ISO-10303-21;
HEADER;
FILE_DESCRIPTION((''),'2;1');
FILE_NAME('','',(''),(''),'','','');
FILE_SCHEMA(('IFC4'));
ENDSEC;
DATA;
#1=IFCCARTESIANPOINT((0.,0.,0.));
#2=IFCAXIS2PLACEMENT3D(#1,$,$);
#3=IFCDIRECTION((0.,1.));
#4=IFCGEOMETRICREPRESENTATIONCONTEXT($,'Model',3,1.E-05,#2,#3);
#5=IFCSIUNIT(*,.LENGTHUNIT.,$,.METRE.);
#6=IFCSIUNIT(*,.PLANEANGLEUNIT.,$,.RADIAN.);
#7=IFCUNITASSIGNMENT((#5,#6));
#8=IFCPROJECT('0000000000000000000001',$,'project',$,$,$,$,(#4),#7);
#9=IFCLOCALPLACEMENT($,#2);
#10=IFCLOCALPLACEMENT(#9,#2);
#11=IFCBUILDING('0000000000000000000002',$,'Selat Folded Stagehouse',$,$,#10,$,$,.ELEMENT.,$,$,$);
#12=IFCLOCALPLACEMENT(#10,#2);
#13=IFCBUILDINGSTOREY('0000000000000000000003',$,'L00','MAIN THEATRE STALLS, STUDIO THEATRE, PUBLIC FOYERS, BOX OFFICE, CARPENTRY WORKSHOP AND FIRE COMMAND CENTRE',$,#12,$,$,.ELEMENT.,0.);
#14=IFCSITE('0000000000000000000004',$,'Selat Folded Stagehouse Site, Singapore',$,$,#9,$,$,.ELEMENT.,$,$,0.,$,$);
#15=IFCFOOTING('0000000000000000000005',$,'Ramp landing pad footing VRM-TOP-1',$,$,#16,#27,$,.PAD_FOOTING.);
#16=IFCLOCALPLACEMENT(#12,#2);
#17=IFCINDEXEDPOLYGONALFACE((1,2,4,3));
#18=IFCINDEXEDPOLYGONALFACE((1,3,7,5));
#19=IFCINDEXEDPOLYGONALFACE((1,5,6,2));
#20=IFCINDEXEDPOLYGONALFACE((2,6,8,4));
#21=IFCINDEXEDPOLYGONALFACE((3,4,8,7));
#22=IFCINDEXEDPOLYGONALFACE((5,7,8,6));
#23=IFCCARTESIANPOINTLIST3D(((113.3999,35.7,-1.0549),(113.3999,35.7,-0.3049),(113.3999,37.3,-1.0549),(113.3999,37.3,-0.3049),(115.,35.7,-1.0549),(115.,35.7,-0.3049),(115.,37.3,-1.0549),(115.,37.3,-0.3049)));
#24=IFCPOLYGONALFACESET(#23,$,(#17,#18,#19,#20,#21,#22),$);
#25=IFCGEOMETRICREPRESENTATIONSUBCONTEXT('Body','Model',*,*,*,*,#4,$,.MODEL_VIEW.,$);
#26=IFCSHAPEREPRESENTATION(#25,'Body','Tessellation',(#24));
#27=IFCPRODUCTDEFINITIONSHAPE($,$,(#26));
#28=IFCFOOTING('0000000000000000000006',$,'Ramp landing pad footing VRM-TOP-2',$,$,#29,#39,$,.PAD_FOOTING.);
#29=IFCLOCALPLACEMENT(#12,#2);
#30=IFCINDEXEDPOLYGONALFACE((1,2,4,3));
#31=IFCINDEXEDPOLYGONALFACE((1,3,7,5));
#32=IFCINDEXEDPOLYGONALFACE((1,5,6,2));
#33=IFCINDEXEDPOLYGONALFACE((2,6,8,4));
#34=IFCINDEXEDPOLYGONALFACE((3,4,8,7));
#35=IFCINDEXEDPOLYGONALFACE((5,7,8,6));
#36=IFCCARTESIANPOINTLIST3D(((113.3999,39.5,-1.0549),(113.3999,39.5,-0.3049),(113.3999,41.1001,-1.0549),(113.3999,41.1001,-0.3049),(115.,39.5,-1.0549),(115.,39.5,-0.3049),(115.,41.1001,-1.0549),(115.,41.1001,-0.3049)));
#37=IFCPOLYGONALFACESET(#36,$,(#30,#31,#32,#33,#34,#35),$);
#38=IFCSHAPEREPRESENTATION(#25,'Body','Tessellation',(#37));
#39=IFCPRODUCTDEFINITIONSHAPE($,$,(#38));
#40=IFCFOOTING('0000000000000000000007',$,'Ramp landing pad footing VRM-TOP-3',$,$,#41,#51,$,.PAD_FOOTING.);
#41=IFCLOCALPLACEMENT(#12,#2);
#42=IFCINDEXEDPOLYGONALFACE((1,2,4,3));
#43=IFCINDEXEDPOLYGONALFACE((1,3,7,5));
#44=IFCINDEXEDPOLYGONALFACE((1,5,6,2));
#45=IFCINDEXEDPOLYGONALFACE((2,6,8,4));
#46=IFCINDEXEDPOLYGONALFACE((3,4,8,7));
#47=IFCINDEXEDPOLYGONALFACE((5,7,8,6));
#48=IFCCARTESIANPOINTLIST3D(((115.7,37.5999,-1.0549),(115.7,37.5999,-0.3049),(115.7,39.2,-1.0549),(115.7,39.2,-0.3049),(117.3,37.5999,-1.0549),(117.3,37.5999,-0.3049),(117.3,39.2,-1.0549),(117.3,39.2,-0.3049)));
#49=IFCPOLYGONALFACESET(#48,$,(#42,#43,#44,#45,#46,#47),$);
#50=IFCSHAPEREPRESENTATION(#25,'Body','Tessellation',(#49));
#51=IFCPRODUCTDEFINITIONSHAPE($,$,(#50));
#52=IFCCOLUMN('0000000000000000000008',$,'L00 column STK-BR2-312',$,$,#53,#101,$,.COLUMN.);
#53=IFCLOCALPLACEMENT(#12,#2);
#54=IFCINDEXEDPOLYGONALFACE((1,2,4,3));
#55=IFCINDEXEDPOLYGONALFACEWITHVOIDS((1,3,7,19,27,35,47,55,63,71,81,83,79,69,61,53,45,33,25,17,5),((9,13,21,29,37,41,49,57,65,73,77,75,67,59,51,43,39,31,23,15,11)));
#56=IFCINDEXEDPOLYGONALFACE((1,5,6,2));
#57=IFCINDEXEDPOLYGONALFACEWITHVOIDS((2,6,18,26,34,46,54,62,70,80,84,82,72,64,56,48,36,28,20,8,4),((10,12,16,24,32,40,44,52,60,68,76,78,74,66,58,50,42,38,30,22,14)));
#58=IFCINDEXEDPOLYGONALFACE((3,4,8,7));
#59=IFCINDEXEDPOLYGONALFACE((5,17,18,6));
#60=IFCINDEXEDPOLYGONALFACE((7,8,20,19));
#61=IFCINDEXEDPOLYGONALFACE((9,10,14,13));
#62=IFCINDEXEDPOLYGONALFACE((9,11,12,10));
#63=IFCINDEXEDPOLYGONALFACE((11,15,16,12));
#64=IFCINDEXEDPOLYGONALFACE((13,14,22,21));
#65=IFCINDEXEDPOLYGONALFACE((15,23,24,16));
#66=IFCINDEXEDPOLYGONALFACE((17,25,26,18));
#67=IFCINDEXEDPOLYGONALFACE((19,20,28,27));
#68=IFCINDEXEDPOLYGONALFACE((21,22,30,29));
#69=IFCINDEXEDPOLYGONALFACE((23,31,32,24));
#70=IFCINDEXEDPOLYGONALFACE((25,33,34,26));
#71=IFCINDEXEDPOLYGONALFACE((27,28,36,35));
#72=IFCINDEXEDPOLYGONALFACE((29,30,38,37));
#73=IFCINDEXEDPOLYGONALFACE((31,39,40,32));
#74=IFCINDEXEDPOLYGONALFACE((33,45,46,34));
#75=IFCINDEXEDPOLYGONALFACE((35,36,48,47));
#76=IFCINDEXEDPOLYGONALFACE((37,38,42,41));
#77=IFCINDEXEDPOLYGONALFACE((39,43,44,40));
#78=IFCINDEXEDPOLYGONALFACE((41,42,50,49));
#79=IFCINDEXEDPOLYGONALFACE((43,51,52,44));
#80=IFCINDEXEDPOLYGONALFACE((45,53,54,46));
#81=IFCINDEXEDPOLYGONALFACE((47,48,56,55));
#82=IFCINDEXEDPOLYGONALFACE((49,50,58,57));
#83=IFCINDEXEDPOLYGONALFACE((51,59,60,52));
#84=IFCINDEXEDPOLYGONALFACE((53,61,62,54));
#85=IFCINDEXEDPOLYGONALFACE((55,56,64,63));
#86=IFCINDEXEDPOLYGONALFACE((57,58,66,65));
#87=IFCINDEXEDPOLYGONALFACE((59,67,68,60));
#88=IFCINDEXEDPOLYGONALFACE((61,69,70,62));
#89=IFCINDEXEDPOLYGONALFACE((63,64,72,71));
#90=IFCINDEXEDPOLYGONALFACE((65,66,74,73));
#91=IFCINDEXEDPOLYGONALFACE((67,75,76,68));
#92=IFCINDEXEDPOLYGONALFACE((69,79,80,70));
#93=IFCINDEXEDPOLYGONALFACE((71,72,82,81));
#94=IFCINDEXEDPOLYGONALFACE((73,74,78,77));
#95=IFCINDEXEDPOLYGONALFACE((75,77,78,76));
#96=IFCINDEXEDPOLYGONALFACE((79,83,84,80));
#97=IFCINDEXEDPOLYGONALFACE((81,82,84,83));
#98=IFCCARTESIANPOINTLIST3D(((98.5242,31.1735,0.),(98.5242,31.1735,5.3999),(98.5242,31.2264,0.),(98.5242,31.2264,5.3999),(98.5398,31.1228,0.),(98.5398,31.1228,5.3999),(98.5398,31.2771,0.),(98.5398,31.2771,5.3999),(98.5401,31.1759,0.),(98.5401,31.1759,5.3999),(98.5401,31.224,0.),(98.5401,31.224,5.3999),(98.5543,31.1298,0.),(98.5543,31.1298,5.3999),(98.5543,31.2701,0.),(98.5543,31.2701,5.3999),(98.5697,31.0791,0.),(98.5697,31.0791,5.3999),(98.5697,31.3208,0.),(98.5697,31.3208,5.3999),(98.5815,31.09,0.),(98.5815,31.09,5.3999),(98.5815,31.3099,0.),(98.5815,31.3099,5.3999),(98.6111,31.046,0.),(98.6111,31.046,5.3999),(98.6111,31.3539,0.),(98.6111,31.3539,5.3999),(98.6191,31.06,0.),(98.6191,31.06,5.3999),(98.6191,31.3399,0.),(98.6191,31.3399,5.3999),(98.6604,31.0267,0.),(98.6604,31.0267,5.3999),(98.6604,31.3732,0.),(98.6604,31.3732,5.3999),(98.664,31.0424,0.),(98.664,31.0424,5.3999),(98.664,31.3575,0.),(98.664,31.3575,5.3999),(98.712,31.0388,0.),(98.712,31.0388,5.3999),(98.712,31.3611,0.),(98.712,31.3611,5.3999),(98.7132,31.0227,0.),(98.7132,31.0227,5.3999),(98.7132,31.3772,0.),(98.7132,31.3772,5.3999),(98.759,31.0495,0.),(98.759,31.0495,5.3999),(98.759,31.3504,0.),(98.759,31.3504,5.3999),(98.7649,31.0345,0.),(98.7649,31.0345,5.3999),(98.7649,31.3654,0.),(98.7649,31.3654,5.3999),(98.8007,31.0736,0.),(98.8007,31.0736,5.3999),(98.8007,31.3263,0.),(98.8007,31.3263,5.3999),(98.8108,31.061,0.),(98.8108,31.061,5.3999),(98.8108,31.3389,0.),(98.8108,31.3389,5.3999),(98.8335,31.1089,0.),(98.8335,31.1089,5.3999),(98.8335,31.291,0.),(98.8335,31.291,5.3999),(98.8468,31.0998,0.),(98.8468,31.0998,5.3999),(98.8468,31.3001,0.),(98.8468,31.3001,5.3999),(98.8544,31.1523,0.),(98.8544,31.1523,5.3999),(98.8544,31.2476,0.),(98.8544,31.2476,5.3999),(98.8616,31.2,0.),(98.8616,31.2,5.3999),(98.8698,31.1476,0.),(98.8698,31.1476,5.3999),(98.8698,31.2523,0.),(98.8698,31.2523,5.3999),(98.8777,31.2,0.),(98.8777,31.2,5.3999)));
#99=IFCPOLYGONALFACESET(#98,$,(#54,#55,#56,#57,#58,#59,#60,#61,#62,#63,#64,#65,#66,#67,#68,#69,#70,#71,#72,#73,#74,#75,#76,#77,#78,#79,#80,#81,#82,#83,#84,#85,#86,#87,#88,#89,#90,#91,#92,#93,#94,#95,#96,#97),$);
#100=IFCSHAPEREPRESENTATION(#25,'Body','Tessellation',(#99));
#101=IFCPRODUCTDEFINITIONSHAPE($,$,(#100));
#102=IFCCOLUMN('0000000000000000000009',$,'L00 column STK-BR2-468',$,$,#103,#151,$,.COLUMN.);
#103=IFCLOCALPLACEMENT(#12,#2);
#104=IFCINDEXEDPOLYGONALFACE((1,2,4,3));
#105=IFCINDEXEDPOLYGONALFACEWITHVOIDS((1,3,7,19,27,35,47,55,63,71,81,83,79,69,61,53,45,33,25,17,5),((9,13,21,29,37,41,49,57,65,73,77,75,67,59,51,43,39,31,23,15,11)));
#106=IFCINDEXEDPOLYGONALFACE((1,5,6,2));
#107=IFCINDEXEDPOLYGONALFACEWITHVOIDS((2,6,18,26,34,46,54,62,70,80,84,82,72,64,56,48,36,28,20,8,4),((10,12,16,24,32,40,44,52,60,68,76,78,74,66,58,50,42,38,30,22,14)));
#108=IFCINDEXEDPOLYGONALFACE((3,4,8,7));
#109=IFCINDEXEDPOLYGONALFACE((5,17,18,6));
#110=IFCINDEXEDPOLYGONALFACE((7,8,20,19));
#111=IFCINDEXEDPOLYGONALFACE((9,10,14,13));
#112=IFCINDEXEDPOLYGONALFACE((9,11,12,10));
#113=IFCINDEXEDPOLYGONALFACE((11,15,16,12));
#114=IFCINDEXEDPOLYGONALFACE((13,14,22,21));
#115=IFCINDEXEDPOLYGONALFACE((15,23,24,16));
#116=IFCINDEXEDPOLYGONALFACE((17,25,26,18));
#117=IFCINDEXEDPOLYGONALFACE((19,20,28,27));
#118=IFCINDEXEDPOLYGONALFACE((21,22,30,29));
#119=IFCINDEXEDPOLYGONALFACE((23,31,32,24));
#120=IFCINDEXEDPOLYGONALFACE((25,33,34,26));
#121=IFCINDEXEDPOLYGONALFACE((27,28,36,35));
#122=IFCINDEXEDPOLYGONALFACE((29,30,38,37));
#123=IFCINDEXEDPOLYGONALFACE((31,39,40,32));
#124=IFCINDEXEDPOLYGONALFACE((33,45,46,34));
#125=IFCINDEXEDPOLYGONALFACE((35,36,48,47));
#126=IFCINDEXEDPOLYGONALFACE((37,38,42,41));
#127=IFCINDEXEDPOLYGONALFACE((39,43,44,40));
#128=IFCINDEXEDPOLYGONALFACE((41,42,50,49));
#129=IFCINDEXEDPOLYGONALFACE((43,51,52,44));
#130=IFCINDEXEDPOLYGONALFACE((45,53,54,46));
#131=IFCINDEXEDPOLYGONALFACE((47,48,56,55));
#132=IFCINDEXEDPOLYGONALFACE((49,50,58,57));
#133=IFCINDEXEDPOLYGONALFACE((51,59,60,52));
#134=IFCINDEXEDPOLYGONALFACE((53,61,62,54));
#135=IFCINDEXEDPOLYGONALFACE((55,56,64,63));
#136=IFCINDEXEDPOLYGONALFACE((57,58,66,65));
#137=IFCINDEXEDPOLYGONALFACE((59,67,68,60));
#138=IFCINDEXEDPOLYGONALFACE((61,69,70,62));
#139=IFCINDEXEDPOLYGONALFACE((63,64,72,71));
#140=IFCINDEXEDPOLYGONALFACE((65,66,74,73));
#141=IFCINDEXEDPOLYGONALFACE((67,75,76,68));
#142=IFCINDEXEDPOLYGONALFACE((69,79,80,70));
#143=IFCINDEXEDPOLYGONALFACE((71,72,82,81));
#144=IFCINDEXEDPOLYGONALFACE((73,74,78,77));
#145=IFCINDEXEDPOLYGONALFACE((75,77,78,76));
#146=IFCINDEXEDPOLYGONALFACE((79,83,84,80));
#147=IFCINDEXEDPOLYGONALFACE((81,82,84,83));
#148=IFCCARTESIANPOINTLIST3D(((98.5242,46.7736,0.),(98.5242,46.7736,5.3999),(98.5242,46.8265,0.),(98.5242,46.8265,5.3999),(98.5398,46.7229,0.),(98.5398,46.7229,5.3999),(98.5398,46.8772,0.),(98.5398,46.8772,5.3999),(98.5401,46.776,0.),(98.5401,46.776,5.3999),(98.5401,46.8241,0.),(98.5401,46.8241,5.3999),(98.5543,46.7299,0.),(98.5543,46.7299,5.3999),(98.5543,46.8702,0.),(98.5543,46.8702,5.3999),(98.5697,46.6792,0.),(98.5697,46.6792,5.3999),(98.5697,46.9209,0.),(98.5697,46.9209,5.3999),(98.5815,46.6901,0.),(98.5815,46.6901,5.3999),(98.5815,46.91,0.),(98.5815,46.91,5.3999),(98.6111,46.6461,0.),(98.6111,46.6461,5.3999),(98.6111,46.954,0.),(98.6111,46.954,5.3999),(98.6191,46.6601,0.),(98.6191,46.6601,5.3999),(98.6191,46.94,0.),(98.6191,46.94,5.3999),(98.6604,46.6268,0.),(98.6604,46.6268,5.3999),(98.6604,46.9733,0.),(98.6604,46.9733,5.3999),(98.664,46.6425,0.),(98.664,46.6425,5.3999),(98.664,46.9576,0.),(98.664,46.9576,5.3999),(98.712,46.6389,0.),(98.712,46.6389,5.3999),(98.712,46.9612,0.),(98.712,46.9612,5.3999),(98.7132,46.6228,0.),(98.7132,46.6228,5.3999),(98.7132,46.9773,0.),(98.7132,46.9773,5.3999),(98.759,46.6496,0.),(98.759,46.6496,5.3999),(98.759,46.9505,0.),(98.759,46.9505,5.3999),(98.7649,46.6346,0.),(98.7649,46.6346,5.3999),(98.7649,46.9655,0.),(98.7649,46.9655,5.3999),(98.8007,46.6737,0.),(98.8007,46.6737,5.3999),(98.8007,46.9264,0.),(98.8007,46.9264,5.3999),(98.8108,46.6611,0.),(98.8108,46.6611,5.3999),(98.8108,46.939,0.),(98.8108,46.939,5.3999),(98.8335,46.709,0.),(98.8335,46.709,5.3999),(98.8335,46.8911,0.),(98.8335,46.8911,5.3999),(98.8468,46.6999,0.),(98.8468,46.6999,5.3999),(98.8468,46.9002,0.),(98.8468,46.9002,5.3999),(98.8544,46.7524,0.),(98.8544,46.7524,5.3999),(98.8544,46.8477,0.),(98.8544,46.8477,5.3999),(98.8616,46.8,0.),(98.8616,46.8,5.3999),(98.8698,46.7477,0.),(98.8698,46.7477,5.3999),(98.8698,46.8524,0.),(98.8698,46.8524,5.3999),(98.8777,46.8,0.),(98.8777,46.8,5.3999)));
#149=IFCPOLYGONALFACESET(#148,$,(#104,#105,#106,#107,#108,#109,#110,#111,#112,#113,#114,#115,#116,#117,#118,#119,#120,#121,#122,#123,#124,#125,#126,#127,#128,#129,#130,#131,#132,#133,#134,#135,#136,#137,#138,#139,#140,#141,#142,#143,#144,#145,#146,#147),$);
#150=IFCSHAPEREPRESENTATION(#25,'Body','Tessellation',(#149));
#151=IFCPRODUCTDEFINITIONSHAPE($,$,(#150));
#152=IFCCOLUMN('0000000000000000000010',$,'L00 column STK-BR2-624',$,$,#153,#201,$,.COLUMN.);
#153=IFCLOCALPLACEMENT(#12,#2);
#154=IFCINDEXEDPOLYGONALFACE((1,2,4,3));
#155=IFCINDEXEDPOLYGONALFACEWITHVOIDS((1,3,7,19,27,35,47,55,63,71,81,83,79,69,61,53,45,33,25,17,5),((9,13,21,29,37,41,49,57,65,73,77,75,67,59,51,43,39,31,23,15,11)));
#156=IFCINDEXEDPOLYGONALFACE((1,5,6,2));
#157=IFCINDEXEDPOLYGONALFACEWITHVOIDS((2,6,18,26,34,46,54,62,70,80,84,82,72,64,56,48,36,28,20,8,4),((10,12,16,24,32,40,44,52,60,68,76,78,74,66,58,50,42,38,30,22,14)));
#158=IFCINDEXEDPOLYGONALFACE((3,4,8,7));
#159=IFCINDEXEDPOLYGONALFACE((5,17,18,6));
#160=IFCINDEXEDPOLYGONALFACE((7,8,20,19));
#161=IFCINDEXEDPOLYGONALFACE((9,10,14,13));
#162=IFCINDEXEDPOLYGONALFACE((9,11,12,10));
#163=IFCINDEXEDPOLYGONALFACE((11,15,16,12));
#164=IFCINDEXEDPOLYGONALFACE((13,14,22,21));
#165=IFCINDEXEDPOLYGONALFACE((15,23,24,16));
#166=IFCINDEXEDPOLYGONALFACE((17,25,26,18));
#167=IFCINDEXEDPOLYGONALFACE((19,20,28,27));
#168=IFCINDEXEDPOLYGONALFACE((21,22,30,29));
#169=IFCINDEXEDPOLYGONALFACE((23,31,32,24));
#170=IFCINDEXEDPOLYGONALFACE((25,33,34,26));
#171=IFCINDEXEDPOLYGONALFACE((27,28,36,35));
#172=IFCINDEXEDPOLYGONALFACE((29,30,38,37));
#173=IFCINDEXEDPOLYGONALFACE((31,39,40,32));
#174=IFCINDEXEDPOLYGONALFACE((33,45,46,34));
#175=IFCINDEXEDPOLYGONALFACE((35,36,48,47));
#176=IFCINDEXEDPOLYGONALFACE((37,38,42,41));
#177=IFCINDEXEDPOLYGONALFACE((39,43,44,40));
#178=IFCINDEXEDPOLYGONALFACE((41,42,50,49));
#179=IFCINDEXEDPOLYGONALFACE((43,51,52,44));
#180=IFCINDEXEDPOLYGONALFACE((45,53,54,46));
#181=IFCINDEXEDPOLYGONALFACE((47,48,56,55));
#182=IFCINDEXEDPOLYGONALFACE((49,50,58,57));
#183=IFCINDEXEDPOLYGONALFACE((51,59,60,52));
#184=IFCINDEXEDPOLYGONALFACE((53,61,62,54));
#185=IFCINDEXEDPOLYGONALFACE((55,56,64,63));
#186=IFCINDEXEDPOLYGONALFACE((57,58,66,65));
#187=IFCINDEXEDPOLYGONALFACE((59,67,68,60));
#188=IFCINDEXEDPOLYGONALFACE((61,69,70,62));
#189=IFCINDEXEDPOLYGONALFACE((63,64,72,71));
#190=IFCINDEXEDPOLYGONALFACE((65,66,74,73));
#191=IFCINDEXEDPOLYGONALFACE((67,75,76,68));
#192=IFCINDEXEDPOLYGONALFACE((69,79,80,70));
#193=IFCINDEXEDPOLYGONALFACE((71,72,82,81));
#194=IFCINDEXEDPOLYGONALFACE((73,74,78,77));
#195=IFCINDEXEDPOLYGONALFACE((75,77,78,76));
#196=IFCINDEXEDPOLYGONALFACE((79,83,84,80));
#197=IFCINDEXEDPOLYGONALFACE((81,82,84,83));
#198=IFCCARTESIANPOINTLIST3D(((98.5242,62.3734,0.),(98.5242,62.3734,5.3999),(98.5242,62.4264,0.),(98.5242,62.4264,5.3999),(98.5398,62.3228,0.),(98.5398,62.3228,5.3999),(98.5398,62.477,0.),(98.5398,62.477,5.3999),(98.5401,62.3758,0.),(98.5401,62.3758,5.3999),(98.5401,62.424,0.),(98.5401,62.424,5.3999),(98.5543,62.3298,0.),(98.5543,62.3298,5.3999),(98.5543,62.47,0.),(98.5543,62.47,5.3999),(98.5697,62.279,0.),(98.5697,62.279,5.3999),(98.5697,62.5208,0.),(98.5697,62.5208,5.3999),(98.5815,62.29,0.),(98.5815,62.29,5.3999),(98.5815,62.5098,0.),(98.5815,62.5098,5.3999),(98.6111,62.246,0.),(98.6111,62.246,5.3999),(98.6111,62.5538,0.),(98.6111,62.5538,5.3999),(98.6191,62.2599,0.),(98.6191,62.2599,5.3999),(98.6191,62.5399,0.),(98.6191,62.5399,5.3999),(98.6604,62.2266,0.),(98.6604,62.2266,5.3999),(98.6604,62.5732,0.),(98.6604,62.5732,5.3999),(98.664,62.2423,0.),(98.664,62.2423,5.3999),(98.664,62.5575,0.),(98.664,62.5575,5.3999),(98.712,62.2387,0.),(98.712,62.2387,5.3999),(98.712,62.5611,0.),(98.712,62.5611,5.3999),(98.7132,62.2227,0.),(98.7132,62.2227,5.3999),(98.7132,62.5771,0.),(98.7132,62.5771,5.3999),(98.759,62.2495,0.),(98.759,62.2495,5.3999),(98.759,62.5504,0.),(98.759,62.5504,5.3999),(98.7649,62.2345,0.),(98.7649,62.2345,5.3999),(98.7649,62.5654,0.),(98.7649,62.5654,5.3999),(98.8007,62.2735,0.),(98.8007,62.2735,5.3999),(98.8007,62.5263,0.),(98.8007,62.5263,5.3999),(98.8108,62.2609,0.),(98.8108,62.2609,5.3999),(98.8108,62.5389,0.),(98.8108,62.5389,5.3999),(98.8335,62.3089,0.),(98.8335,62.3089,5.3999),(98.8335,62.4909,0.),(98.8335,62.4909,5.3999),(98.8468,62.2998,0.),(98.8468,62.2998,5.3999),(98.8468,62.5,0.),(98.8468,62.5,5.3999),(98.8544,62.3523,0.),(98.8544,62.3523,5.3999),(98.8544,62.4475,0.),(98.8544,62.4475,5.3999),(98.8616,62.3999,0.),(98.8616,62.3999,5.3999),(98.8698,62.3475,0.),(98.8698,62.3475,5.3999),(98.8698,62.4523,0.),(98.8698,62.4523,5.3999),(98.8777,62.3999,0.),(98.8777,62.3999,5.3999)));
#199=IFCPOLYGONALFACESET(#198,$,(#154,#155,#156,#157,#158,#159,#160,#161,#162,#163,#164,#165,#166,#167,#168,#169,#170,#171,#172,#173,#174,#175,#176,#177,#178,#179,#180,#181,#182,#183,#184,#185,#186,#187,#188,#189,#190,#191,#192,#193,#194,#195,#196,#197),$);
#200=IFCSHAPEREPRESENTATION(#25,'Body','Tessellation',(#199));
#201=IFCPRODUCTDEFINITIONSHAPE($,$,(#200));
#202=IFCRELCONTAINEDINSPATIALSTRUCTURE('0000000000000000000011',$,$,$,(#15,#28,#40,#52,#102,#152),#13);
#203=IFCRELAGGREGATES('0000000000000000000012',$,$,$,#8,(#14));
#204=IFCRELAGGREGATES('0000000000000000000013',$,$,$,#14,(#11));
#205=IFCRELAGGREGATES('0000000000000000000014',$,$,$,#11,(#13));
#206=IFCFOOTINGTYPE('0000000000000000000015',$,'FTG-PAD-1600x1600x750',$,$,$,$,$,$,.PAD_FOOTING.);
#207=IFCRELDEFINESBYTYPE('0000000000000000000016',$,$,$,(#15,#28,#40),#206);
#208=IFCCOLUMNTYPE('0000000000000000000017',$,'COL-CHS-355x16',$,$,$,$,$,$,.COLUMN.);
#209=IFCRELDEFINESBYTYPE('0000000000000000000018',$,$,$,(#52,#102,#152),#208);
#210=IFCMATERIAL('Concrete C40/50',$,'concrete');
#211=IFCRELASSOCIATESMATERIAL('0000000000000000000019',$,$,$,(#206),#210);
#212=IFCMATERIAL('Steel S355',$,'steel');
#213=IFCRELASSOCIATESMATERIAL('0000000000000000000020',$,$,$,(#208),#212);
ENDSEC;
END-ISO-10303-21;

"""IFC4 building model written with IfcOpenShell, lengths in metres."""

from ifc_helpers import new_model, si_unit, direction, frame, origin, origin_2d, place, context, subcontext, project, spatial, rectangle, hollow_circle, extrude, material, material_profile, profile_set, type_object, element, save


model = new_model("IFC4")

# Units and contexts
model_context = context("Model", 3, precision=1e-05, world=origin(), true_north=direction((0.0, 1.0)))
body_context = subcontext(model_context, "Body", "Model", "MODEL_VIEW")
ifc_project = project(units=[si_unit("LENGTHUNIT", "METRE"), si_unit("PLANEANGLEUNIT", "RADIAN")], contexts=[model_context])

# Site, building, storey
site_placement = place(None, origin())
site = spatial("IfcSite", under=ifc_project, at=site_placement, Name="Selat Folded Stagehouse Site, Singapore", CompositionType="ELEMENT", RefElevation=0.0)
building_placement = place(site_placement, origin())
building = spatial("IfcBuilding", under=site, at=building_placement, Name="Selat Folded Stagehouse", CompositionType="ELEMENT")
storey_placement = place(building_placement, origin())
storey = spatial("IfcBuildingStorey", under=building, at=storey_placement, Name="L00", Description="MAIN THEATRE STALLS, STUDIO THEATRE, PUBLIC FOYERS, BOX OFFICE, CARPENTRY WORKSHOP AND FIRE COMMAND CENTRE", CompositionType="ELEMENT", Elevation=0.0)

# Footings
ifc_material_1 = material(Name="Concrete C40/50", Category="concrete")
footing_type = type_object("IfcFootingType", Name="FTG-PAD-1600x1600x750", PredefinedType="PAD_FOOTING", material=ifc_material_1)
for number, where, z_axis, x_axis, name in (
    (1, (114.2, 36.5, -1.0549), (0.0, 0.0, 1.0), (1.0, 0.0, 0.0), "Ramp landing pad footing VRM-TOP-1"),
    (2, (114.2, 40.3, -1.0549), (0.0, 0.0, 1.0), (1.0, 0.0, 0.0), "Ramp landing pad footing VRM-TOP-2"),
    (3, (116.5, 38.3999, -1.0549), (0.0, 0.0, 1.0), (1.0, 0.0, 0.0), "Ramp landing pad footing VRM-TOP-3"),
):
    element("IfcFooting", number, at=place(storey_placement, frame(where, z_axis=z_axis, x_axis=x_axis)), inside=storey, type_object=footing_type, Name=name, PredefinedType="PAD_FOOTING", context=body_context, shape_type="SweptSolid", body=[
        extrude(rectangle(XDim=1.6001, YDim=1.6001, at=origin_2d()), origin(), (0.0, 0.0, 1.0), 0.75),
    ])

# Columns
ifc_material_2 = material(Name="Steel S355", Category="steel")
ifc_material_profile_1 = material_profile(ifc_material_2, hollow_circle(Radius=0.1777, WallThickness=0.0161, at=origin_2d()), Name="CHS 355.6x16.0")
ifc_profile_set_1 = profile_set([ifc_material_profile_1], Name="Steel S355")
column_type_1 = type_object("IfcColumnType", Name="COL-CHS-355x16", PredefinedType="COLUMN", material=ifc_profile_set_1)
for number, where, z_axis, x_axis, name in (
    (4, (98.7, 31.2, 0.0), (0.0, 0.0, 1.0), (1.0, 0.0, 0.0), "L00 column STK-BR2-312"),
    (5, (98.7, 46.8, 0.0), (0.0, 0.0, 1.0), (1.0, 0.0, 0.0), "L00 column STK-BR2-468"),
    (6, (98.7, 62.3999, 0.0), (0.0, 0.0, 1.0), (1.0, 0.0, 0.0), "L00 column STK-BR2-624"),
):
    element("IfcColumn", number, at=place(storey_placement, frame(where, z_axis=z_axis, x_axis=x_axis)), inside=storey, type_object=column_type_1, Name=name, PredefinedType="COLUMN", context=body_context, shape_type="SweptSolid", body=[
        extrude(hollow_circle(Radius=0.1777, WallThickness=0.0161, at=origin_2d()), origin(), (0.0, 0.0, 1.0), 5.3999),
    ])

save(model, "model.ifc")
